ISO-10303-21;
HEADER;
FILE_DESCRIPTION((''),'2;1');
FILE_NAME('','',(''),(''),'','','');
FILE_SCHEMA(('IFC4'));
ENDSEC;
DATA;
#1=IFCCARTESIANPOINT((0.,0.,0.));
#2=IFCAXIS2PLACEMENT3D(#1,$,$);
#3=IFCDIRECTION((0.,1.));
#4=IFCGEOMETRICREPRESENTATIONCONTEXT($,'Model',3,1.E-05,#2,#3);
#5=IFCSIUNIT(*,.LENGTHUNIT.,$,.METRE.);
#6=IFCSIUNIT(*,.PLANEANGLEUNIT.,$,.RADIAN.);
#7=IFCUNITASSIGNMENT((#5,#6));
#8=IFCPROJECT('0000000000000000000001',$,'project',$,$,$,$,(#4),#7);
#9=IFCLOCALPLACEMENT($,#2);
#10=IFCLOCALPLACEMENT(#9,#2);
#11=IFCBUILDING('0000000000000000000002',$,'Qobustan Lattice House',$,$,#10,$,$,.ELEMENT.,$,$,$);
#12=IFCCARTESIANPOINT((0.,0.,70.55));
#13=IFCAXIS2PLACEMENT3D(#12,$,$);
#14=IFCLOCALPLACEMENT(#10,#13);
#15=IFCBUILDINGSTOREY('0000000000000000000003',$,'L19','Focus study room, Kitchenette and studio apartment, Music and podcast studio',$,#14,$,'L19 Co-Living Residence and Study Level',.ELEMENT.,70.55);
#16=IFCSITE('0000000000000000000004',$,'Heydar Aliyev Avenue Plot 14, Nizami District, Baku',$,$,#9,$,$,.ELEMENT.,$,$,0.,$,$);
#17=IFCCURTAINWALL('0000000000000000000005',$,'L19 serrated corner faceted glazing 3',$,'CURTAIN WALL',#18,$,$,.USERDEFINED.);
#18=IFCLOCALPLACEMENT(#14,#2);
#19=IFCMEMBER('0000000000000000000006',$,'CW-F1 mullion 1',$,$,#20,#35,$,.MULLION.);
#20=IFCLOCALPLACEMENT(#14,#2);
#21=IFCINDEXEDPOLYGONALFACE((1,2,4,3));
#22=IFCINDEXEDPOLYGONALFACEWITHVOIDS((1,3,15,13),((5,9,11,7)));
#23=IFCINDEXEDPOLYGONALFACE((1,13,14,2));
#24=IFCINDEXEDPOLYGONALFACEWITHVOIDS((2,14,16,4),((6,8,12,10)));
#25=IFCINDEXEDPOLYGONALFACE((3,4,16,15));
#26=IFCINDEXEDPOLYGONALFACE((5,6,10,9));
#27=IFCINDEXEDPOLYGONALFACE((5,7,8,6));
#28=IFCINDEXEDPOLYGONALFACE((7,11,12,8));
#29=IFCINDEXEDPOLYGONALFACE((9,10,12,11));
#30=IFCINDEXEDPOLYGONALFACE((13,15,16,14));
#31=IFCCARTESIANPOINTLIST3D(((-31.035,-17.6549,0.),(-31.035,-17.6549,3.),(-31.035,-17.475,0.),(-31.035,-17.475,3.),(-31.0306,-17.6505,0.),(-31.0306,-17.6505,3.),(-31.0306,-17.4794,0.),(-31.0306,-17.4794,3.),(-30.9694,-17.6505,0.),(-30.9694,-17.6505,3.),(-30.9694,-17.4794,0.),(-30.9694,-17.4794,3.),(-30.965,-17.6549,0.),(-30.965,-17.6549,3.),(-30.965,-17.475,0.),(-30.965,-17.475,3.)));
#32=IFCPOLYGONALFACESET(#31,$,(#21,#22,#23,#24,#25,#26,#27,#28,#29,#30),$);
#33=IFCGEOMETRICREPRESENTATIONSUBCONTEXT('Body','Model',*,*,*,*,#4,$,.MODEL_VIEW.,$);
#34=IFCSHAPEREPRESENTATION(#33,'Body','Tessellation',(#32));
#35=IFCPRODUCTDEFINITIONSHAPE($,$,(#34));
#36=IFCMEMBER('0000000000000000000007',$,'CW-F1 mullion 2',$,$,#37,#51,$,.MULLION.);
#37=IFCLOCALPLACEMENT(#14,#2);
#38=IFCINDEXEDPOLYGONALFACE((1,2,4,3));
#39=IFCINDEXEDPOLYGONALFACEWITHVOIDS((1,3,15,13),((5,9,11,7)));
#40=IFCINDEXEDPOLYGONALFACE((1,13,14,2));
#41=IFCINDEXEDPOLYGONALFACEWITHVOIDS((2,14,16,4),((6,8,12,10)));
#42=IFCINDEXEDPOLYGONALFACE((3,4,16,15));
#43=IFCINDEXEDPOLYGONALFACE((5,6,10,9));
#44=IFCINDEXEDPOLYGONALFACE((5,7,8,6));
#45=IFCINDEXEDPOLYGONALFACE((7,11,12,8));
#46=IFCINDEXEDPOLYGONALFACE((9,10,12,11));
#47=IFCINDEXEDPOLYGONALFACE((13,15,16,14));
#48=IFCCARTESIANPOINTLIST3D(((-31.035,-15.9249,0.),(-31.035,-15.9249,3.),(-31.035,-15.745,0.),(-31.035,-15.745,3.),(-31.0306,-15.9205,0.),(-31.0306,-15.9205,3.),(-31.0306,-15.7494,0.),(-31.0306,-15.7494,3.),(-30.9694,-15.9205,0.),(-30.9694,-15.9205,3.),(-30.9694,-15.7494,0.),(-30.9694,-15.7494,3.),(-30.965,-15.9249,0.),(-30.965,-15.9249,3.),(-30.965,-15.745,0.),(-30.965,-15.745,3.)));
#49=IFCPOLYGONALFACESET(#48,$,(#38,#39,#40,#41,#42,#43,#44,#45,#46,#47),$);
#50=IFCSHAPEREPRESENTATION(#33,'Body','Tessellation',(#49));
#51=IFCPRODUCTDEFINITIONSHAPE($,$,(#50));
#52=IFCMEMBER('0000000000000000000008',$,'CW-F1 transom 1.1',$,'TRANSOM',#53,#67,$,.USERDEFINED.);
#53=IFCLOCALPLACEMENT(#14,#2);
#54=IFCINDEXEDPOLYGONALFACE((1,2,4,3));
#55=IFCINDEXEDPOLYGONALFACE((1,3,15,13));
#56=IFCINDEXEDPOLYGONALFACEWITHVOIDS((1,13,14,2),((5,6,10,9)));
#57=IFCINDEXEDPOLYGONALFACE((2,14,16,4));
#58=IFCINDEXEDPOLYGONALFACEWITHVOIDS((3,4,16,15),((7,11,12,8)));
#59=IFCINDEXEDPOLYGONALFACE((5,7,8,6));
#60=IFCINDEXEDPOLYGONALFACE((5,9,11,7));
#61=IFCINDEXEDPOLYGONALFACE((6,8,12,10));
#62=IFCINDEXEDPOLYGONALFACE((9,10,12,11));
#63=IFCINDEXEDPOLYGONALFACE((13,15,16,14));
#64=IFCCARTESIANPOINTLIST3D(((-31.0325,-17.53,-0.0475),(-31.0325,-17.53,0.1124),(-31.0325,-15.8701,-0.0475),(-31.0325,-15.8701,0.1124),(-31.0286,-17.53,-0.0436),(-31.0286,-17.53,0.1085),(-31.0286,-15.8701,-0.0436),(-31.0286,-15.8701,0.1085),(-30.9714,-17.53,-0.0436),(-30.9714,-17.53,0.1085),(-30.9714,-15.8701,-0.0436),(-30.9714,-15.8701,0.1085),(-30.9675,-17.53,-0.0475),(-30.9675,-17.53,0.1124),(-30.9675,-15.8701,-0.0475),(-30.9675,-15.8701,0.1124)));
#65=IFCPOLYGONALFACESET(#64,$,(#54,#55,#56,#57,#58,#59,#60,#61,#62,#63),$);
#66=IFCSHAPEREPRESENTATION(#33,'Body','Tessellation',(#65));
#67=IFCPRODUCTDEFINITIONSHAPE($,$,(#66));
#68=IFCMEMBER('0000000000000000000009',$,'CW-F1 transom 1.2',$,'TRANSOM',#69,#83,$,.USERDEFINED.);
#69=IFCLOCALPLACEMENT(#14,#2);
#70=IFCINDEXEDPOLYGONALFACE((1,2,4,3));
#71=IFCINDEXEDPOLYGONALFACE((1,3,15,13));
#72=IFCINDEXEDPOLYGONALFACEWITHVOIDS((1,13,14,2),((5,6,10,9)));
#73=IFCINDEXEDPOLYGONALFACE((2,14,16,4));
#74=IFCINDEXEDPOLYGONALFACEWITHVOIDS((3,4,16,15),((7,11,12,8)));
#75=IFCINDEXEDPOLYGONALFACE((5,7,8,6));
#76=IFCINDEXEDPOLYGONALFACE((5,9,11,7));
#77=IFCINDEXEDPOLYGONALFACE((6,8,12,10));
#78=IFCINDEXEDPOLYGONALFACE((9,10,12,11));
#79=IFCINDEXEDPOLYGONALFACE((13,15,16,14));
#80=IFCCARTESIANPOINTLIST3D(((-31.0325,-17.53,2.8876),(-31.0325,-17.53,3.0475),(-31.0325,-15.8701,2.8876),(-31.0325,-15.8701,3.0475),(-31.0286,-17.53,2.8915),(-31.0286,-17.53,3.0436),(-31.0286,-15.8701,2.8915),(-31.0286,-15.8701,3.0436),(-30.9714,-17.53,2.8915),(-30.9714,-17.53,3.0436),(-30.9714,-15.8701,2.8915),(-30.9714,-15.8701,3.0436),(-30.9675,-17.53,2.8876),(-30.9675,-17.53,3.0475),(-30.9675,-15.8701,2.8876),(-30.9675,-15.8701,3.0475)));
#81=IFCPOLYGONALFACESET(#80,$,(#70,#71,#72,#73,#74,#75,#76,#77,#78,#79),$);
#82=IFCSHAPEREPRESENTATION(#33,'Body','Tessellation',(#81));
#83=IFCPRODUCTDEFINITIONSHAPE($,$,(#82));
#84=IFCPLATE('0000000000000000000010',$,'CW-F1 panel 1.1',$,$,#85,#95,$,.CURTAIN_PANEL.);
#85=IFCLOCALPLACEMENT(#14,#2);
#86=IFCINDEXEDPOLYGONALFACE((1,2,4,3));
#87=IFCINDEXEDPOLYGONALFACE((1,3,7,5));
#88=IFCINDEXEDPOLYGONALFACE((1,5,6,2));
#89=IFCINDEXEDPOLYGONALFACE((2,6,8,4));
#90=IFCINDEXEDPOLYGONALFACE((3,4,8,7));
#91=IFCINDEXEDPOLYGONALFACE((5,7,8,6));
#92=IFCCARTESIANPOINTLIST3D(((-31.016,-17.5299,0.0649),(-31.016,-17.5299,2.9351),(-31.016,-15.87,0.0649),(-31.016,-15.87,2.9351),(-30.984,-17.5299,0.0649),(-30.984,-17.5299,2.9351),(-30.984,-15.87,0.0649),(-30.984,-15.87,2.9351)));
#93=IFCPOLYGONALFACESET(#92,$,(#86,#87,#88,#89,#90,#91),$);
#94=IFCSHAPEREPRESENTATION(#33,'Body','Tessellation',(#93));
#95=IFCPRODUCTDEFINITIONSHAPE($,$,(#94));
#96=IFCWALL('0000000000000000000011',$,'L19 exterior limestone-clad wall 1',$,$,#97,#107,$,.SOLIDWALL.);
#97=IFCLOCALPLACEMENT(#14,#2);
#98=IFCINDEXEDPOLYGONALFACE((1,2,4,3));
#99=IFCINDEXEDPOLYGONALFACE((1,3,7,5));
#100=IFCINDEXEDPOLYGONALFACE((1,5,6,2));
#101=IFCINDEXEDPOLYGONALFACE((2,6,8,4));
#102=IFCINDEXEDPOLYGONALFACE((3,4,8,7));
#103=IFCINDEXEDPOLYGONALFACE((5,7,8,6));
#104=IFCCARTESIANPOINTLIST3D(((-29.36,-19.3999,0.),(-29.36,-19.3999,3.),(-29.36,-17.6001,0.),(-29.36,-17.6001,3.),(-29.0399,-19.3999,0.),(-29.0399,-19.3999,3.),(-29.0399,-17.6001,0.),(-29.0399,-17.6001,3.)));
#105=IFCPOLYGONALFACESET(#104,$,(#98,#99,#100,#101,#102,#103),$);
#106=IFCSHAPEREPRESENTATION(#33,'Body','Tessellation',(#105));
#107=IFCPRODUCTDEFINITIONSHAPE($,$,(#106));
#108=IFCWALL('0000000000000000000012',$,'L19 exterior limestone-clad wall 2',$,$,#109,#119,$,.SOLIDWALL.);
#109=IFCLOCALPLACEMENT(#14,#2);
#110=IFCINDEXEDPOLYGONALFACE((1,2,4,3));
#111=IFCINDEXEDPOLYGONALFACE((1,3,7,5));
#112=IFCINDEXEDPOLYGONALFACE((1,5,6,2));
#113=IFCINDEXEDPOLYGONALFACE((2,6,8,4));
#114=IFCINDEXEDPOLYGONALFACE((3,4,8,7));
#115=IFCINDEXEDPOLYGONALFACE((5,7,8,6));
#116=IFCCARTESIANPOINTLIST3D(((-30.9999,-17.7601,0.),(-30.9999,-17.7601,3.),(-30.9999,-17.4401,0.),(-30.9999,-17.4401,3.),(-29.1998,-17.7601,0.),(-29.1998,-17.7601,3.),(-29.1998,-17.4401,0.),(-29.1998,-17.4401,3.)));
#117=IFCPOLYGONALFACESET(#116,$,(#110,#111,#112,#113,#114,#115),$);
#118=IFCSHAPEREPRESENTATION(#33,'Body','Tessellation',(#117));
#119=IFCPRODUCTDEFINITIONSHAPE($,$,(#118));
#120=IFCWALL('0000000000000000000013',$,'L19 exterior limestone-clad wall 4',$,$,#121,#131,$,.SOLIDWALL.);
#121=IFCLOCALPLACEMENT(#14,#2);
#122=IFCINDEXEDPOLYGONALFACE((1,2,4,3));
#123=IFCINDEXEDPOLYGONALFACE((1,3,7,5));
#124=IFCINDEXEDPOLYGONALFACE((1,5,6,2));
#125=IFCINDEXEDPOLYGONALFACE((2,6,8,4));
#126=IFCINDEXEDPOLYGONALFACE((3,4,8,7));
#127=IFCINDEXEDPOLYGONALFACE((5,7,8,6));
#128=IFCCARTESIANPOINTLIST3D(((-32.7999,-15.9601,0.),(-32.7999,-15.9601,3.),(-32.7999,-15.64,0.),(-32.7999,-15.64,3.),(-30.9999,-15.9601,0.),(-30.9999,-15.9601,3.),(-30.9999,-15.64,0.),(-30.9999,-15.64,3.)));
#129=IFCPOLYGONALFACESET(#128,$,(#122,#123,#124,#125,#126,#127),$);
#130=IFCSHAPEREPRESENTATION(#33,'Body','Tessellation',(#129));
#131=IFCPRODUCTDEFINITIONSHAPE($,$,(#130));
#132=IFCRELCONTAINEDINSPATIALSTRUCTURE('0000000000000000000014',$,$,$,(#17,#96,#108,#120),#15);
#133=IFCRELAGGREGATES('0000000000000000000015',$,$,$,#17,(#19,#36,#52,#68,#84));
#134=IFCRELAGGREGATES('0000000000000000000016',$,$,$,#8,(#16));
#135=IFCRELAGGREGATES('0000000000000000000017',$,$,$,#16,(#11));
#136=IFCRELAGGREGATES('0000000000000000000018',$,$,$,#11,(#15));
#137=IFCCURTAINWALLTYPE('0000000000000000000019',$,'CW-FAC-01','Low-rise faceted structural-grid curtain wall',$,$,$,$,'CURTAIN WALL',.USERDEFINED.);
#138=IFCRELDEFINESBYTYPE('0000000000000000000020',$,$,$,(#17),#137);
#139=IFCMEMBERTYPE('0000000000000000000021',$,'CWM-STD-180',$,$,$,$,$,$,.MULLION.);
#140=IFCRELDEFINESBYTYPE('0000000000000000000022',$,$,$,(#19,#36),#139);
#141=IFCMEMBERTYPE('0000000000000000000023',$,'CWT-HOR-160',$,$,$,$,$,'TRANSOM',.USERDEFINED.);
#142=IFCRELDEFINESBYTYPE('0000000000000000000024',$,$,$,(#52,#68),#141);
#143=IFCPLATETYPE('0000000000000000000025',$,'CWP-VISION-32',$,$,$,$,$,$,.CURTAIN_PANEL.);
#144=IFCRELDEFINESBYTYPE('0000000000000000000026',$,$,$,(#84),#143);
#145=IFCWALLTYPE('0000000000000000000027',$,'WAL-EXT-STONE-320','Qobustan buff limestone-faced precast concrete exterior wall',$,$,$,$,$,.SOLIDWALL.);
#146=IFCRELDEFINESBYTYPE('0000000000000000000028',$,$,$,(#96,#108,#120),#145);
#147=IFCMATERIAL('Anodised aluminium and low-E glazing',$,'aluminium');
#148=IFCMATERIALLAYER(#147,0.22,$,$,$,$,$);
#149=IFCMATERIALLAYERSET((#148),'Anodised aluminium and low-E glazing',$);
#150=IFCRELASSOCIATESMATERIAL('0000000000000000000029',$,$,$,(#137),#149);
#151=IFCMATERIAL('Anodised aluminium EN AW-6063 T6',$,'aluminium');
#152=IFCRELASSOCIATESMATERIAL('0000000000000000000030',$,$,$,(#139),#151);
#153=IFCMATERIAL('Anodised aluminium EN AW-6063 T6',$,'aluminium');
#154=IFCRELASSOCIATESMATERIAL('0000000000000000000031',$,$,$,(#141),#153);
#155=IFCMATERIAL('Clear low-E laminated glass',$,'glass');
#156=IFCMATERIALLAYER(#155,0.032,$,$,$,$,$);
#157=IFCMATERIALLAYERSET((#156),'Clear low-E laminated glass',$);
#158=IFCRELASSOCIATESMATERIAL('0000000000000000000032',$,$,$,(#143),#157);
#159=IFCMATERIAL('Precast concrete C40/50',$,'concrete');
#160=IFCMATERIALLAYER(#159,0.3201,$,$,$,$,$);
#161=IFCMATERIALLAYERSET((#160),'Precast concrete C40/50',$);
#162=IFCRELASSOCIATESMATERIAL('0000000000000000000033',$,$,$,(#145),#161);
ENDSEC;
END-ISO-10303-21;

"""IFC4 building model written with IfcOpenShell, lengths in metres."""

from ifc_helpers import new_model, si_unit, direction, frame, frame_2d, origin, origin_2d, place, context, subcontext, project, spatial, rectangle, hollow_rectangle, extrude, material, layer, layer_set, material_profile, profile_set, type_object, element, aggregate, save


model = new_model("IFC4")

# Units and contexts
model_context = context("Model", 3, precision=1e-05, world=origin(), true_north=direction((0.0, 1.0)))
body_context = subcontext(model_context, "Body", "Model", "MODEL_VIEW")
ifc_project = project(units=[si_unit("LENGTHUNIT", "METRE"), si_unit("PLANEANGLEUNIT", "RADIAN")], contexts=[model_context])

# Site, building, storey
site_placement = place(None, origin())
site = spatial("IfcSite", under=ifc_project, at=site_placement, Name="Heydar Aliyev Avenue Plot 14, Nizami District, Baku", CompositionType="ELEMENT", RefElevation=0.0)
building_placement = place(site_placement, origin())
building = spatial("IfcBuilding", under=site, at=building_placement, Name="Qobustan Lattice House", CompositionType="ELEMENT")
storey_placement = place(building_placement, frame((0.0, 0.0, 70.55)))
storey = spatial("IfcBuildingStorey", under=building, at=storey_placement, Name="L19", Description="Focus study room, Kitchenette and studio apartment, Music and podcast studio", LongName="L19 Co-Living Residence and Study Level", CompositionType="ELEMENT", Elevation=70.55)

# Curtain wall, members, plate
ifc_material_1 = material(Name="Anodised aluminium and low-E glazing", Category="aluminium")
ifc_layer_1 = layer(ifc_material_1, 0.22)
ifc_layer_set_1 = layer_set([ifc_layer_1], Name="Anodised aluminium and low-E glazing")
curtain_wall_type = type_object("IfcCurtainWallType", Name="CW-FAC-01", Description="Low-rise faceted structural-grid curtain wall", ElementType="CURTAIN WALL", PredefinedType="USERDEFINED", material=ifc_layer_set_1)
curtain_wall_placement = place(storey_placement, origin())
curtain_wall = element("IfcCurtainWall", 1, at=curtain_wall_placement, inside=storey, type_object=curtain_wall_type, Name="L19 serrated corner faceted glazing 3", ObjectType="CURTAIN WALL", PredefinedType="USERDEFINED")
ifc_material_2 = material(Name="Anodised aluminium EN AW-6063 T6", Category="aluminium")
ifc_material_profile_1 = material_profile(ifc_material_2, hollow_rectangle(XDim=0.0701, YDim=0.1799, WallThickness=0.0044, at=origin_2d()), Name="CWM-180x70")
ifc_profile_set_1 = profile_set([ifc_material_profile_1], Name="Anodised aluminium EN AW-6063 T6")
member_type_1 = type_object("IfcMemberType", Name="CWM-STD-180", PredefinedType="MULLION", material=ifc_profile_set_1)
member_1_placement = place(storey_placement, frame((-31.0, -17.5649, 0.0), z_axis=(0.0, 0.0, 1.0), x_axis=(-1.0, 0.0, 0.0)))
member_1 = element("IfcMember", 2, at=member_1_placement, type_object=member_type_1, Name="CW-F1 mullion 1", PredefinedType="MULLION", context=body_context, shape_type="SweptSolid", body=[
    extrude(hollow_rectangle(XDim=0.0701, YDim=0.1799, WallThickness=0.0044, at=origin_2d()), origin(), (0.0, 0.0, 1.0), 3.0),
])
member_2_placement = place(storey_placement, frame((-31.0, -15.835, 0.0), z_axis=(0.0, 0.0, 1.0), x_axis=(-1.0, 0.0, 0.0)))
member_2 = element("IfcMember", 3, at=member_2_placement, type_object=member_type_1, Name="CW-F1 mullion 2", PredefinedType="MULLION", context=body_context, shape_type="SweptSolid", body=[
    extrude(hollow_rectangle(XDim=0.0701, YDim=0.1799, WallThickness=0.0044, at=origin_2d()), origin(), (0.0, 0.0, 1.0), 3.0),
])
ifc_material_3 = material(Name="Anodised aluminium EN AW-6063 T6", Category="aluminium")
ifc_material_profile_2 = material_profile(ifc_material_3, hollow_rectangle(XDim=0.0649, YDim=0.1599, WallThickness=0.0039, at=origin_2d()), Name="CWT-160x65")
ifc_profile_set_2 = profile_set([ifc_material_profile_2], Name="Anodised aluminium EN AW-6063 T6")
member_type_2 = type_object("IfcMemberType", Name="CWT-HOR-160", ElementType="TRANSOM", PredefinedType="USERDEFINED", material=ifc_profile_set_2)
member_3_placement = place(storey_placement, frame((-31.0, -17.53, 0.0325), z_axis=(0.0, 1.0, 0.0), x_axis=(-1.0, 0.0, 0.0)))
member_3 = element("IfcMember", 4, at=member_3_placement, type_object=member_type_2, Name="CW-F1 transom 1.1", ObjectType="TRANSOM", PredefinedType="USERDEFINED", context=body_context, shape_type="SweptSolid", body=[
    extrude(hollow_rectangle(XDim=0.0649, YDim=0.1599, WallThickness=0.0039, at=origin_2d()), origin(), (0.0, 0.0, 1.0), 1.6599),
])
member_4_placement = place(storey_placement, frame((-31.0, -17.53, 2.9675), z_axis=(0.0, 1.0, 0.0), x_axis=(-1.0, 0.0, 0.0)))
member_4 = element("IfcMember", 5, at=member_4_placement, type_object=member_type_2, Name="CW-F1 transom 1.2", ObjectType="TRANSOM", PredefinedType="USERDEFINED", context=body_context, shape_type="SweptSolid", body=[
    extrude(hollow_rectangle(XDim=0.0649, YDim=0.1599, WallThickness=0.0039, at=origin_2d()), origin(), (0.0, 0.0, 1.0), 1.6599),
])
ifc_material_4 = material(Name="Clear low-E laminated glass", Category="glass")
ifc_layer_2 = layer(ifc_material_4, 0.032)
ifc_layer_set_2 = layer_set([ifc_layer_2], Name="Clear low-E laminated glass")
plate_type = type_object("IfcPlateType", Name="CWP-VISION-32", PredefinedType="CURTAIN_PANEL", material=ifc_layer_set_2)
plate_placement = place(storey_placement, frame((-31.0, -16.7, 0.0649), z_axis=(0.0, 0.0, 1.0), x_axis=(0.0, 1.0, 0.0)))
plate = element("IfcPlate", 6, at=plate_placement, type_object=plate_type, Name="CW-F1 panel 1.1", PredefinedType="CURTAIN_PANEL", context=body_context, shape_type="SweptSolid", body=[
    extrude(rectangle(XDim=1.6599, YDim=0.032, at=origin_2d()), origin(), (0.0, 0.0, 1.0), 2.8701),
])
aggregate(curtain_wall, [member_1, member_2, member_3, member_4, plate])

# Walls
ifc_material_5 = material(Name="Precast concrete C40/50", Category="concrete")
ifc_layer_3 = layer(ifc_material_5, 0.3201)
ifc_layer_set_3 = layer_set([ifc_layer_3], Name="Precast concrete C40/50")
wall_type = type_object("IfcWallType", Name="WAL-EXT-STONE-320", Description="Qobustan buff limestone-faced precast concrete exterior wall", PredefinedType="SOLIDWALL", material=ifc_layer_set_3)
wall_1_placement = place(storey_placement, frame((-29.2, -19.3999, 0.0), z_axis=(0.0, 0.0, 1.0), x_axis=(0.0, 1.0, 0.0)))
element("IfcWall", 7, at=wall_1_placement, inside=storey, type_object=wall_type, Name="L19 exterior limestone-clad wall 1", PredefinedType="SOLIDWALL", context=body_context, shape_type="SweptSolid", body=[
    extrude(rectangle(XDim=1.7998, YDim=0.3201, at=frame_2d((0.8999, 0.0))), origin(), (0.0, 0.0, 1.0), 3.0),
])
for number, where, z_axis, x_axis, name in (
    (8, (-29.2, -17.6001, 0.0), (0.0, 0.0, 1.0), (-1.0, 0.0, 0.0), "L19 exterior limestone-clad wall 2"),
    (9, (-31.0, -15.8, 0.0), (0.0, 0.0, 1.0), (-1.0, 0.0, 0.0), "L19 exterior limestone-clad wall 4"),
):
    element("IfcWall", number, at=place(storey_placement, frame(where, z_axis=z_axis, x_axis=x_axis)), inside=storey, type_object=wall_type, Name=name, PredefinedType="SOLIDWALL", context=body_context, shape_type="SweptSolid", body=[
        extrude(rectangle(XDim=1.8, YDim=0.3201, at=frame_2d((0.8999, 0.0))), origin(), (0.0, 0.0, 1.0), 3.0),
    ])

save(model, "model.ifc")
